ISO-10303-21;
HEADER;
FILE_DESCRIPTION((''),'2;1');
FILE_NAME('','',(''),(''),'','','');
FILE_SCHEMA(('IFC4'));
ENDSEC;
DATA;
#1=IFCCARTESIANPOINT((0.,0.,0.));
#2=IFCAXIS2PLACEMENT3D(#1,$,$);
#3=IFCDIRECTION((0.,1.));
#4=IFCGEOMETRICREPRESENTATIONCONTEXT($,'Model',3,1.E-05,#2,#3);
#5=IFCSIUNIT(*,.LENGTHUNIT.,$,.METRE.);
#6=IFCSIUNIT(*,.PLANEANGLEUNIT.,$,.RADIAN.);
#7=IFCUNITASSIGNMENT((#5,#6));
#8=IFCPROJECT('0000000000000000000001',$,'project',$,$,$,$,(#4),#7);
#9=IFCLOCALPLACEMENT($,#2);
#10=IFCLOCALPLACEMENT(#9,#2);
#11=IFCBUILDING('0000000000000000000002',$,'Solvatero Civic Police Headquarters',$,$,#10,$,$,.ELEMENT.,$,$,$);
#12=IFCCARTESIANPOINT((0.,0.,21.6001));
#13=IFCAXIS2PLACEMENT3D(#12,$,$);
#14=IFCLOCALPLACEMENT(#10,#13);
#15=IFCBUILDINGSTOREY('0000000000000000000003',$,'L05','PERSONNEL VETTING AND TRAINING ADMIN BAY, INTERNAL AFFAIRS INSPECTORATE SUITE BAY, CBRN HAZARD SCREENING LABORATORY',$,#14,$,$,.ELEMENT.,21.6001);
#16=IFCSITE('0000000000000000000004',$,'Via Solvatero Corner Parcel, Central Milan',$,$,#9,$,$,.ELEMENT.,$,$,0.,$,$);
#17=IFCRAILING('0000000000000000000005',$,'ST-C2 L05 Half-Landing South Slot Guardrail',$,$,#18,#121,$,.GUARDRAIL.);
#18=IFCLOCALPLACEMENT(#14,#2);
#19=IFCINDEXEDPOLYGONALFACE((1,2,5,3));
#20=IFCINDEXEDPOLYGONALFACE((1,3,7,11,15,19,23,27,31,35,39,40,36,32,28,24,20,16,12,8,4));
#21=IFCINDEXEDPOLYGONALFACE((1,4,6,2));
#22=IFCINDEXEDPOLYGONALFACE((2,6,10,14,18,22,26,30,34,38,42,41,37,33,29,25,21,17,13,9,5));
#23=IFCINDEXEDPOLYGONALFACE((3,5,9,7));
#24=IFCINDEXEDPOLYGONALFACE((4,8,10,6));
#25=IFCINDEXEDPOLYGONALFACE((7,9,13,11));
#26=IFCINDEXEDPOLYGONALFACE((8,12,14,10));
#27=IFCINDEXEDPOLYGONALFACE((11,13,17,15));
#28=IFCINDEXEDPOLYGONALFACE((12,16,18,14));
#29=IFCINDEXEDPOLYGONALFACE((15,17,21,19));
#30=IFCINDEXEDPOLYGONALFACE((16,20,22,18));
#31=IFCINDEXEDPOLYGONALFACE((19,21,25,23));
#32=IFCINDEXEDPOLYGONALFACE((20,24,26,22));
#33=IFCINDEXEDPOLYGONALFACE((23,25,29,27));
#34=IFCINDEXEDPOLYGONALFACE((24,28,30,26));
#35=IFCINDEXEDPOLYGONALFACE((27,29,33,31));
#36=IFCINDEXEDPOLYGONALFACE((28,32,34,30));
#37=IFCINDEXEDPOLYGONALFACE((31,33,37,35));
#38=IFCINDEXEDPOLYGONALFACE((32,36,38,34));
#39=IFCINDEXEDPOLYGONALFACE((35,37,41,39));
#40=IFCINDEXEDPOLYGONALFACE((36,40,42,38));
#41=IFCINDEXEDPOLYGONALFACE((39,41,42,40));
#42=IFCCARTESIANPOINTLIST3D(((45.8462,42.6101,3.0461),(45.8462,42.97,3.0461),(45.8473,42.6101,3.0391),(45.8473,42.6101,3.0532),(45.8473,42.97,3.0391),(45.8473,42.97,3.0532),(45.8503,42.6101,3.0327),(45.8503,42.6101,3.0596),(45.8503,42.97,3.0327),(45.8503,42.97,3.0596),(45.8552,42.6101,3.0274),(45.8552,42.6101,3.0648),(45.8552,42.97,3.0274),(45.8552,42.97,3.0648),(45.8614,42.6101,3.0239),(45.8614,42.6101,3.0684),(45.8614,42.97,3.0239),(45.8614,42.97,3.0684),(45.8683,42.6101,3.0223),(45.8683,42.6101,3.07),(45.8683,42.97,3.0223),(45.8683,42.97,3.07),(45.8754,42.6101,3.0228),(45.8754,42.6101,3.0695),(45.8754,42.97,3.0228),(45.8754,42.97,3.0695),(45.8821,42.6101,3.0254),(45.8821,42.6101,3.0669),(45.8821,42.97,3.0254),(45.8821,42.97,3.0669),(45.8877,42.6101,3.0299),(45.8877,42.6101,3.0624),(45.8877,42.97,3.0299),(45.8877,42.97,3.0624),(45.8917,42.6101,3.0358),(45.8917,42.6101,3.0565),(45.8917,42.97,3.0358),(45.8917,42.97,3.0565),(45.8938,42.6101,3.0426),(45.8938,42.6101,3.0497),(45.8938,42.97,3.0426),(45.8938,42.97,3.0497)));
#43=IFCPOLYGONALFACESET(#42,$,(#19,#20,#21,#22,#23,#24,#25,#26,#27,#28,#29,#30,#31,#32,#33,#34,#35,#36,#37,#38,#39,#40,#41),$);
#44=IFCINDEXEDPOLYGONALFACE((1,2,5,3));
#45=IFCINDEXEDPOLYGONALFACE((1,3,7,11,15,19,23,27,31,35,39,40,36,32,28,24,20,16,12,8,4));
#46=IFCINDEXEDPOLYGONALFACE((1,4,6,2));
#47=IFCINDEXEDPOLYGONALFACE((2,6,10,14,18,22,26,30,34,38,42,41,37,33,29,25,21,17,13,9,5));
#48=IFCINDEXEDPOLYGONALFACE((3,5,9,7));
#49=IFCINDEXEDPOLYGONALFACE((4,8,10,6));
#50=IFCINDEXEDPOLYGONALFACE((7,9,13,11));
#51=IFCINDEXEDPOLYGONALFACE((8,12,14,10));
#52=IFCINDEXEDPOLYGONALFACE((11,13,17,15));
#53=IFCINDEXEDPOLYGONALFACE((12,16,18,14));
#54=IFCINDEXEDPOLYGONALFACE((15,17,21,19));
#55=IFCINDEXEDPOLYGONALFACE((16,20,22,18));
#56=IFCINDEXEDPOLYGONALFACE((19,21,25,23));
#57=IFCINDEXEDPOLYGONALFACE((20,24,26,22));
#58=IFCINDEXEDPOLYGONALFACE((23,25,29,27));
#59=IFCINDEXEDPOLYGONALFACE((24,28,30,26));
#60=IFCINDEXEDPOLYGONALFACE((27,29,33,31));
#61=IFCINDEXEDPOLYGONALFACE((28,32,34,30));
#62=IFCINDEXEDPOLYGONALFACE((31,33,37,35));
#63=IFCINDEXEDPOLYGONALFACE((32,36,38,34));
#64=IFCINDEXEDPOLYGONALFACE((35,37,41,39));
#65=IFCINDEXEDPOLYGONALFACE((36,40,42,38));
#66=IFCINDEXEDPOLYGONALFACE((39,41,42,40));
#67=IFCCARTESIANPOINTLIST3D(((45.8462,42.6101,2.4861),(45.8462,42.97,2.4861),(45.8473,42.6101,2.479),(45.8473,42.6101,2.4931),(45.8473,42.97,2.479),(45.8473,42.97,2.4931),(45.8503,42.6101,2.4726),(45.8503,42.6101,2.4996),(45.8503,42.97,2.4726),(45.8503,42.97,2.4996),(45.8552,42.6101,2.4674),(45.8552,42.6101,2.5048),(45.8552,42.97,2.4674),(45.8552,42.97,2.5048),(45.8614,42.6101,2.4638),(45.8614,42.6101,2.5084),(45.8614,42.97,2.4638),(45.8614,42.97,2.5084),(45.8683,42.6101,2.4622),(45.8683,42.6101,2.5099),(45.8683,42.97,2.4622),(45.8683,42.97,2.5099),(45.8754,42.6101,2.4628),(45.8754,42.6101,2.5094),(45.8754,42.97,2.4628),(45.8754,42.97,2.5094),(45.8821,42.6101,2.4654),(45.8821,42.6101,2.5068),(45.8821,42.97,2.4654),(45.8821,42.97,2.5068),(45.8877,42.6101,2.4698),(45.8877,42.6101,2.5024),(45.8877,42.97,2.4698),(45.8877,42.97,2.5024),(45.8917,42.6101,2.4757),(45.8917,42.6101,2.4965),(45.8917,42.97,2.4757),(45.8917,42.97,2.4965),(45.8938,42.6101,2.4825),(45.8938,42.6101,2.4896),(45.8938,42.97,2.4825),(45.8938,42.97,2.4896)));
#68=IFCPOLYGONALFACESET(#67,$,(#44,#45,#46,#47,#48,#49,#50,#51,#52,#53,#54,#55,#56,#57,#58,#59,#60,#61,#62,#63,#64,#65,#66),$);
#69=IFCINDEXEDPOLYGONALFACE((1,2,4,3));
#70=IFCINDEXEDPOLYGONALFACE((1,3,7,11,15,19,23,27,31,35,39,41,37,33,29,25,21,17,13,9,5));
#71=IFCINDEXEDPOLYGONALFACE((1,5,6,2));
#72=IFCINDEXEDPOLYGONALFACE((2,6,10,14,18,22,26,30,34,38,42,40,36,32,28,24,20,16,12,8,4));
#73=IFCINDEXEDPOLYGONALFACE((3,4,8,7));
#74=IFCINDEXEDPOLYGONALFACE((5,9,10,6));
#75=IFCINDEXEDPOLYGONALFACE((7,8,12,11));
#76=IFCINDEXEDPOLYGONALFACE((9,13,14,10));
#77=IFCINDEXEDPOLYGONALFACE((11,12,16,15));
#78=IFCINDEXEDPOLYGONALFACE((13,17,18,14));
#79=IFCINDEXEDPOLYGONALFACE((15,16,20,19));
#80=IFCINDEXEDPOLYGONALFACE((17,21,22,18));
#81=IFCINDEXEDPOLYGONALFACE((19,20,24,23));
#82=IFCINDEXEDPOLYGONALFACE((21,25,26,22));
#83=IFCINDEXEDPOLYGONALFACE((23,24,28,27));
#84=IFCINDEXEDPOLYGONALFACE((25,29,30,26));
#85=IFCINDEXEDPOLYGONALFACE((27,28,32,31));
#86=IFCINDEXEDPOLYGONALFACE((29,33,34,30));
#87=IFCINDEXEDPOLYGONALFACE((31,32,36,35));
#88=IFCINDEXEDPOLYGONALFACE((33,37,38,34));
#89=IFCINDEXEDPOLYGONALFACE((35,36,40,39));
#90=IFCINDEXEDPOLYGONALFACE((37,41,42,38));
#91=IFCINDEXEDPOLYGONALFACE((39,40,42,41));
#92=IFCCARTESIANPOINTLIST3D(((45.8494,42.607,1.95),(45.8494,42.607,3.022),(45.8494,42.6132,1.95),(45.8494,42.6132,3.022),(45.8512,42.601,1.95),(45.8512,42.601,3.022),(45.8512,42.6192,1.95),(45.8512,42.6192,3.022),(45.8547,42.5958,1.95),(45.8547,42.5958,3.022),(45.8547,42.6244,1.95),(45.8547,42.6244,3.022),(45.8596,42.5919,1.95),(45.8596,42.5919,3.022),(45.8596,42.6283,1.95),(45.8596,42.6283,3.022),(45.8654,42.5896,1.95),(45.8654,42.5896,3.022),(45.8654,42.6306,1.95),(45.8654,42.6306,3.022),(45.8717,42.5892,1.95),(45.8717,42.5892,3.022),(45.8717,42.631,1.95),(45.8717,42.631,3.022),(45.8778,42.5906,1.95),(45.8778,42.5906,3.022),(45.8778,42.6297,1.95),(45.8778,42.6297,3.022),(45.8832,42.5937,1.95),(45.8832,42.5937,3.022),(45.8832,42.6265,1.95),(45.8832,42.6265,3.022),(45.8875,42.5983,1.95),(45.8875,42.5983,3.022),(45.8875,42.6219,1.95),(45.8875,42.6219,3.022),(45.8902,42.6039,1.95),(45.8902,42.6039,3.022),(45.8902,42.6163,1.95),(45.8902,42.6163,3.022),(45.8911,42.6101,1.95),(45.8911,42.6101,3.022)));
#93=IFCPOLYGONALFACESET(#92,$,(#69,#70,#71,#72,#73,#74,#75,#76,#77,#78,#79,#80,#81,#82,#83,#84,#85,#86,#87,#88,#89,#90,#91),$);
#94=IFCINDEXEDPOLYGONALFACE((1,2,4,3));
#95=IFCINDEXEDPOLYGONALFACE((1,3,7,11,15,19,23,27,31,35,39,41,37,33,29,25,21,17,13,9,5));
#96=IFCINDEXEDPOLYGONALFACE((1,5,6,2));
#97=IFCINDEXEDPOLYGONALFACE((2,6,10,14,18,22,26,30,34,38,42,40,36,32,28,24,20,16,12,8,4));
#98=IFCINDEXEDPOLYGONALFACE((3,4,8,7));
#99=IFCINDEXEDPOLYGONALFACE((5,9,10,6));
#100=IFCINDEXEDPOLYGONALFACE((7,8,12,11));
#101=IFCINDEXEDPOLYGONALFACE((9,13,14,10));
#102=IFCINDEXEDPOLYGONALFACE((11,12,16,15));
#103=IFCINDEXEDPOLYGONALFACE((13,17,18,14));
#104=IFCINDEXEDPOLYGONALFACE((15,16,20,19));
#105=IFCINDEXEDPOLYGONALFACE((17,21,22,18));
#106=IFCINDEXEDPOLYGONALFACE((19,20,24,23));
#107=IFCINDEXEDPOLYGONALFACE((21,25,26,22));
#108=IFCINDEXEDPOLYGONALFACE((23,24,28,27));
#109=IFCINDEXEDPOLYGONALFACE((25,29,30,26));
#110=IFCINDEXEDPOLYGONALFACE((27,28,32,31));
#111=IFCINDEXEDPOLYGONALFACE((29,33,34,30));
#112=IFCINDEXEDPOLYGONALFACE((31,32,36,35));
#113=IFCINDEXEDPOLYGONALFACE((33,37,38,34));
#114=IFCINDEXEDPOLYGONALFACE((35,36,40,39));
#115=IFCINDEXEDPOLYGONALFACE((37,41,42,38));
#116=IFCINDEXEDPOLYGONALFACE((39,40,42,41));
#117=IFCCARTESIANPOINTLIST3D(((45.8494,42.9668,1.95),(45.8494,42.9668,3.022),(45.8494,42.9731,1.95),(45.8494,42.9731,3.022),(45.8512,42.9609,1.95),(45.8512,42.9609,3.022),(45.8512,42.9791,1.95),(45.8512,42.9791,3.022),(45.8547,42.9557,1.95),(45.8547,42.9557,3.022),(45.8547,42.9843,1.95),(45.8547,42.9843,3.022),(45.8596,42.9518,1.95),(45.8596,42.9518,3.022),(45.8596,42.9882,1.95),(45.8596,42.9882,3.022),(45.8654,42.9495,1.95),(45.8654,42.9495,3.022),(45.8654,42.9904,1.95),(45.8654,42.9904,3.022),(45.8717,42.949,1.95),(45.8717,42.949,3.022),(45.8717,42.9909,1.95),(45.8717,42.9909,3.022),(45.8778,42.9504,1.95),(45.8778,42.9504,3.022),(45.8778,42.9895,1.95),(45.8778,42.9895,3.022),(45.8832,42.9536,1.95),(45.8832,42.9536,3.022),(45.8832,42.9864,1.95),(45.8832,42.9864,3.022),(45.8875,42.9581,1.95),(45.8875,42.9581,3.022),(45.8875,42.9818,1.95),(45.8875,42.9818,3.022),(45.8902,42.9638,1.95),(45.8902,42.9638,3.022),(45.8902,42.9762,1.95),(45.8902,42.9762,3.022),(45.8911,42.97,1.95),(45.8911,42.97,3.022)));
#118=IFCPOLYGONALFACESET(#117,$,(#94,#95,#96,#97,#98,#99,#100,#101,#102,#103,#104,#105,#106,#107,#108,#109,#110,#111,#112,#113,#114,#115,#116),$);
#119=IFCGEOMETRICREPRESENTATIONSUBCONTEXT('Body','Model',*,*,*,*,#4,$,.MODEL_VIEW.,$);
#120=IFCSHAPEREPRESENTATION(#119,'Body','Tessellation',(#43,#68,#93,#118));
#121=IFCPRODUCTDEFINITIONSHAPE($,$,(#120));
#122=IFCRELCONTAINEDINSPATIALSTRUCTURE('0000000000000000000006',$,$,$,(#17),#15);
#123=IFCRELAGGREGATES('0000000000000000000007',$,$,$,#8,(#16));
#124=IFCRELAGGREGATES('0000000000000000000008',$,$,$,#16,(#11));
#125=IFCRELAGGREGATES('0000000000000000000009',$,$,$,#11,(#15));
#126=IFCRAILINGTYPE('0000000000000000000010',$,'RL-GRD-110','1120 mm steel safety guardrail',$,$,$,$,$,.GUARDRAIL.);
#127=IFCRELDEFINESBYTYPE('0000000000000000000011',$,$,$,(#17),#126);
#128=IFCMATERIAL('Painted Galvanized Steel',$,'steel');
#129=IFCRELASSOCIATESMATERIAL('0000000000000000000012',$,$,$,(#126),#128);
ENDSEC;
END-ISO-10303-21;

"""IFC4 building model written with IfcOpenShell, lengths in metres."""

from ifc_helpers import new_model, si_unit, direction, frame, origin, origin_2d, place, context, subcontext, project, spatial, circle, extrude, material, type_object, element, save


model = new_model("IFC4")

# Units and contexts
model_context = context("Model", 3, precision=1e-05, world=origin(), true_north=direction((0.0, 1.0)))
body_context = subcontext(model_context, "Body", "Model", "MODEL_VIEW")
ifc_project = project(units=[si_unit("LENGTHUNIT", "METRE"), si_unit("PLANEANGLEUNIT", "RADIAN")], contexts=[model_context])

# Site, building, storey
site_placement = place(None, origin())
site = spatial("IfcSite", under=ifc_project, at=site_placement, Name="Via Solvatero Corner Parcel, Central Milan", CompositionType="ELEMENT", RefElevation=0.0)
building_placement = place(site_placement, origin())
building = spatial("IfcBuilding", under=site, at=building_placement, Name="Solvatero Civic Police Headquarters", CompositionType="ELEMENT")
storey_placement = place(building_placement, frame((0.0, 0.0, 21.6001)))
storey = spatial("IfcBuildingStorey", under=building, at=storey_placement, Name="L05", Description="PERSONNEL VETTING AND TRAINING ADMIN BAY, INTERNAL AFFAIRS INSPECTORATE SUITE BAY, CBRN HAZARD SCREENING LABORATORY", CompositionType="ELEMENT", Elevation=21.6001)

# Railing
ifc_material_1 = material(Name="Painted Galvanized Steel", Category="steel")
railing_type_1 = type_object("IfcRailingType", Name="RL-GRD-110", Description="1120 mm steel safety guardrail", PredefinedType="GUARDRAIL", material=ifc_material_1)
railing_1_placement = place(storey_placement, frame((45.8701, 42.6101, 1.95)))
element("IfcRailing", 1, at=railing_1_placement, inside=storey, type_object=railing_type_1, Name="ST-C2 L05 Half-Landing South Slot Guardrail", PredefinedType="GUARDRAIL", context=body_context, shape_type="SweptSolid", body=[
    extrude(circle(Radius=0.0239, at=origin_2d()), frame((0.0, 0.0, 1.0962), z_axis=(0.0, 1.0, 0.0), x_axis=(-1.0, 0.0, 0.0)), (0.0, 0.0, 1.0), 0.3599),
    extrude(circle(Radius=0.0239, at=origin_2d()), frame((0.0, 0.0, 0.5361), z_axis=(0.0, 1.0, 0.0), x_axis=(-1.0, 0.0, 0.0)), (0.0, 0.0, 1.0), 0.3599),
    extrude(circle(Radius=0.021, at=origin_2d()), origin(), (0.0, 0.0, 1.0), 1.072),
    extrude(circle(Radius=0.021, at=origin_2d()), frame((0.0, 0.3599, 0.0)), (0.0, 0.0, 1.0), 1.072),
])

save(model, "model.ifc")
